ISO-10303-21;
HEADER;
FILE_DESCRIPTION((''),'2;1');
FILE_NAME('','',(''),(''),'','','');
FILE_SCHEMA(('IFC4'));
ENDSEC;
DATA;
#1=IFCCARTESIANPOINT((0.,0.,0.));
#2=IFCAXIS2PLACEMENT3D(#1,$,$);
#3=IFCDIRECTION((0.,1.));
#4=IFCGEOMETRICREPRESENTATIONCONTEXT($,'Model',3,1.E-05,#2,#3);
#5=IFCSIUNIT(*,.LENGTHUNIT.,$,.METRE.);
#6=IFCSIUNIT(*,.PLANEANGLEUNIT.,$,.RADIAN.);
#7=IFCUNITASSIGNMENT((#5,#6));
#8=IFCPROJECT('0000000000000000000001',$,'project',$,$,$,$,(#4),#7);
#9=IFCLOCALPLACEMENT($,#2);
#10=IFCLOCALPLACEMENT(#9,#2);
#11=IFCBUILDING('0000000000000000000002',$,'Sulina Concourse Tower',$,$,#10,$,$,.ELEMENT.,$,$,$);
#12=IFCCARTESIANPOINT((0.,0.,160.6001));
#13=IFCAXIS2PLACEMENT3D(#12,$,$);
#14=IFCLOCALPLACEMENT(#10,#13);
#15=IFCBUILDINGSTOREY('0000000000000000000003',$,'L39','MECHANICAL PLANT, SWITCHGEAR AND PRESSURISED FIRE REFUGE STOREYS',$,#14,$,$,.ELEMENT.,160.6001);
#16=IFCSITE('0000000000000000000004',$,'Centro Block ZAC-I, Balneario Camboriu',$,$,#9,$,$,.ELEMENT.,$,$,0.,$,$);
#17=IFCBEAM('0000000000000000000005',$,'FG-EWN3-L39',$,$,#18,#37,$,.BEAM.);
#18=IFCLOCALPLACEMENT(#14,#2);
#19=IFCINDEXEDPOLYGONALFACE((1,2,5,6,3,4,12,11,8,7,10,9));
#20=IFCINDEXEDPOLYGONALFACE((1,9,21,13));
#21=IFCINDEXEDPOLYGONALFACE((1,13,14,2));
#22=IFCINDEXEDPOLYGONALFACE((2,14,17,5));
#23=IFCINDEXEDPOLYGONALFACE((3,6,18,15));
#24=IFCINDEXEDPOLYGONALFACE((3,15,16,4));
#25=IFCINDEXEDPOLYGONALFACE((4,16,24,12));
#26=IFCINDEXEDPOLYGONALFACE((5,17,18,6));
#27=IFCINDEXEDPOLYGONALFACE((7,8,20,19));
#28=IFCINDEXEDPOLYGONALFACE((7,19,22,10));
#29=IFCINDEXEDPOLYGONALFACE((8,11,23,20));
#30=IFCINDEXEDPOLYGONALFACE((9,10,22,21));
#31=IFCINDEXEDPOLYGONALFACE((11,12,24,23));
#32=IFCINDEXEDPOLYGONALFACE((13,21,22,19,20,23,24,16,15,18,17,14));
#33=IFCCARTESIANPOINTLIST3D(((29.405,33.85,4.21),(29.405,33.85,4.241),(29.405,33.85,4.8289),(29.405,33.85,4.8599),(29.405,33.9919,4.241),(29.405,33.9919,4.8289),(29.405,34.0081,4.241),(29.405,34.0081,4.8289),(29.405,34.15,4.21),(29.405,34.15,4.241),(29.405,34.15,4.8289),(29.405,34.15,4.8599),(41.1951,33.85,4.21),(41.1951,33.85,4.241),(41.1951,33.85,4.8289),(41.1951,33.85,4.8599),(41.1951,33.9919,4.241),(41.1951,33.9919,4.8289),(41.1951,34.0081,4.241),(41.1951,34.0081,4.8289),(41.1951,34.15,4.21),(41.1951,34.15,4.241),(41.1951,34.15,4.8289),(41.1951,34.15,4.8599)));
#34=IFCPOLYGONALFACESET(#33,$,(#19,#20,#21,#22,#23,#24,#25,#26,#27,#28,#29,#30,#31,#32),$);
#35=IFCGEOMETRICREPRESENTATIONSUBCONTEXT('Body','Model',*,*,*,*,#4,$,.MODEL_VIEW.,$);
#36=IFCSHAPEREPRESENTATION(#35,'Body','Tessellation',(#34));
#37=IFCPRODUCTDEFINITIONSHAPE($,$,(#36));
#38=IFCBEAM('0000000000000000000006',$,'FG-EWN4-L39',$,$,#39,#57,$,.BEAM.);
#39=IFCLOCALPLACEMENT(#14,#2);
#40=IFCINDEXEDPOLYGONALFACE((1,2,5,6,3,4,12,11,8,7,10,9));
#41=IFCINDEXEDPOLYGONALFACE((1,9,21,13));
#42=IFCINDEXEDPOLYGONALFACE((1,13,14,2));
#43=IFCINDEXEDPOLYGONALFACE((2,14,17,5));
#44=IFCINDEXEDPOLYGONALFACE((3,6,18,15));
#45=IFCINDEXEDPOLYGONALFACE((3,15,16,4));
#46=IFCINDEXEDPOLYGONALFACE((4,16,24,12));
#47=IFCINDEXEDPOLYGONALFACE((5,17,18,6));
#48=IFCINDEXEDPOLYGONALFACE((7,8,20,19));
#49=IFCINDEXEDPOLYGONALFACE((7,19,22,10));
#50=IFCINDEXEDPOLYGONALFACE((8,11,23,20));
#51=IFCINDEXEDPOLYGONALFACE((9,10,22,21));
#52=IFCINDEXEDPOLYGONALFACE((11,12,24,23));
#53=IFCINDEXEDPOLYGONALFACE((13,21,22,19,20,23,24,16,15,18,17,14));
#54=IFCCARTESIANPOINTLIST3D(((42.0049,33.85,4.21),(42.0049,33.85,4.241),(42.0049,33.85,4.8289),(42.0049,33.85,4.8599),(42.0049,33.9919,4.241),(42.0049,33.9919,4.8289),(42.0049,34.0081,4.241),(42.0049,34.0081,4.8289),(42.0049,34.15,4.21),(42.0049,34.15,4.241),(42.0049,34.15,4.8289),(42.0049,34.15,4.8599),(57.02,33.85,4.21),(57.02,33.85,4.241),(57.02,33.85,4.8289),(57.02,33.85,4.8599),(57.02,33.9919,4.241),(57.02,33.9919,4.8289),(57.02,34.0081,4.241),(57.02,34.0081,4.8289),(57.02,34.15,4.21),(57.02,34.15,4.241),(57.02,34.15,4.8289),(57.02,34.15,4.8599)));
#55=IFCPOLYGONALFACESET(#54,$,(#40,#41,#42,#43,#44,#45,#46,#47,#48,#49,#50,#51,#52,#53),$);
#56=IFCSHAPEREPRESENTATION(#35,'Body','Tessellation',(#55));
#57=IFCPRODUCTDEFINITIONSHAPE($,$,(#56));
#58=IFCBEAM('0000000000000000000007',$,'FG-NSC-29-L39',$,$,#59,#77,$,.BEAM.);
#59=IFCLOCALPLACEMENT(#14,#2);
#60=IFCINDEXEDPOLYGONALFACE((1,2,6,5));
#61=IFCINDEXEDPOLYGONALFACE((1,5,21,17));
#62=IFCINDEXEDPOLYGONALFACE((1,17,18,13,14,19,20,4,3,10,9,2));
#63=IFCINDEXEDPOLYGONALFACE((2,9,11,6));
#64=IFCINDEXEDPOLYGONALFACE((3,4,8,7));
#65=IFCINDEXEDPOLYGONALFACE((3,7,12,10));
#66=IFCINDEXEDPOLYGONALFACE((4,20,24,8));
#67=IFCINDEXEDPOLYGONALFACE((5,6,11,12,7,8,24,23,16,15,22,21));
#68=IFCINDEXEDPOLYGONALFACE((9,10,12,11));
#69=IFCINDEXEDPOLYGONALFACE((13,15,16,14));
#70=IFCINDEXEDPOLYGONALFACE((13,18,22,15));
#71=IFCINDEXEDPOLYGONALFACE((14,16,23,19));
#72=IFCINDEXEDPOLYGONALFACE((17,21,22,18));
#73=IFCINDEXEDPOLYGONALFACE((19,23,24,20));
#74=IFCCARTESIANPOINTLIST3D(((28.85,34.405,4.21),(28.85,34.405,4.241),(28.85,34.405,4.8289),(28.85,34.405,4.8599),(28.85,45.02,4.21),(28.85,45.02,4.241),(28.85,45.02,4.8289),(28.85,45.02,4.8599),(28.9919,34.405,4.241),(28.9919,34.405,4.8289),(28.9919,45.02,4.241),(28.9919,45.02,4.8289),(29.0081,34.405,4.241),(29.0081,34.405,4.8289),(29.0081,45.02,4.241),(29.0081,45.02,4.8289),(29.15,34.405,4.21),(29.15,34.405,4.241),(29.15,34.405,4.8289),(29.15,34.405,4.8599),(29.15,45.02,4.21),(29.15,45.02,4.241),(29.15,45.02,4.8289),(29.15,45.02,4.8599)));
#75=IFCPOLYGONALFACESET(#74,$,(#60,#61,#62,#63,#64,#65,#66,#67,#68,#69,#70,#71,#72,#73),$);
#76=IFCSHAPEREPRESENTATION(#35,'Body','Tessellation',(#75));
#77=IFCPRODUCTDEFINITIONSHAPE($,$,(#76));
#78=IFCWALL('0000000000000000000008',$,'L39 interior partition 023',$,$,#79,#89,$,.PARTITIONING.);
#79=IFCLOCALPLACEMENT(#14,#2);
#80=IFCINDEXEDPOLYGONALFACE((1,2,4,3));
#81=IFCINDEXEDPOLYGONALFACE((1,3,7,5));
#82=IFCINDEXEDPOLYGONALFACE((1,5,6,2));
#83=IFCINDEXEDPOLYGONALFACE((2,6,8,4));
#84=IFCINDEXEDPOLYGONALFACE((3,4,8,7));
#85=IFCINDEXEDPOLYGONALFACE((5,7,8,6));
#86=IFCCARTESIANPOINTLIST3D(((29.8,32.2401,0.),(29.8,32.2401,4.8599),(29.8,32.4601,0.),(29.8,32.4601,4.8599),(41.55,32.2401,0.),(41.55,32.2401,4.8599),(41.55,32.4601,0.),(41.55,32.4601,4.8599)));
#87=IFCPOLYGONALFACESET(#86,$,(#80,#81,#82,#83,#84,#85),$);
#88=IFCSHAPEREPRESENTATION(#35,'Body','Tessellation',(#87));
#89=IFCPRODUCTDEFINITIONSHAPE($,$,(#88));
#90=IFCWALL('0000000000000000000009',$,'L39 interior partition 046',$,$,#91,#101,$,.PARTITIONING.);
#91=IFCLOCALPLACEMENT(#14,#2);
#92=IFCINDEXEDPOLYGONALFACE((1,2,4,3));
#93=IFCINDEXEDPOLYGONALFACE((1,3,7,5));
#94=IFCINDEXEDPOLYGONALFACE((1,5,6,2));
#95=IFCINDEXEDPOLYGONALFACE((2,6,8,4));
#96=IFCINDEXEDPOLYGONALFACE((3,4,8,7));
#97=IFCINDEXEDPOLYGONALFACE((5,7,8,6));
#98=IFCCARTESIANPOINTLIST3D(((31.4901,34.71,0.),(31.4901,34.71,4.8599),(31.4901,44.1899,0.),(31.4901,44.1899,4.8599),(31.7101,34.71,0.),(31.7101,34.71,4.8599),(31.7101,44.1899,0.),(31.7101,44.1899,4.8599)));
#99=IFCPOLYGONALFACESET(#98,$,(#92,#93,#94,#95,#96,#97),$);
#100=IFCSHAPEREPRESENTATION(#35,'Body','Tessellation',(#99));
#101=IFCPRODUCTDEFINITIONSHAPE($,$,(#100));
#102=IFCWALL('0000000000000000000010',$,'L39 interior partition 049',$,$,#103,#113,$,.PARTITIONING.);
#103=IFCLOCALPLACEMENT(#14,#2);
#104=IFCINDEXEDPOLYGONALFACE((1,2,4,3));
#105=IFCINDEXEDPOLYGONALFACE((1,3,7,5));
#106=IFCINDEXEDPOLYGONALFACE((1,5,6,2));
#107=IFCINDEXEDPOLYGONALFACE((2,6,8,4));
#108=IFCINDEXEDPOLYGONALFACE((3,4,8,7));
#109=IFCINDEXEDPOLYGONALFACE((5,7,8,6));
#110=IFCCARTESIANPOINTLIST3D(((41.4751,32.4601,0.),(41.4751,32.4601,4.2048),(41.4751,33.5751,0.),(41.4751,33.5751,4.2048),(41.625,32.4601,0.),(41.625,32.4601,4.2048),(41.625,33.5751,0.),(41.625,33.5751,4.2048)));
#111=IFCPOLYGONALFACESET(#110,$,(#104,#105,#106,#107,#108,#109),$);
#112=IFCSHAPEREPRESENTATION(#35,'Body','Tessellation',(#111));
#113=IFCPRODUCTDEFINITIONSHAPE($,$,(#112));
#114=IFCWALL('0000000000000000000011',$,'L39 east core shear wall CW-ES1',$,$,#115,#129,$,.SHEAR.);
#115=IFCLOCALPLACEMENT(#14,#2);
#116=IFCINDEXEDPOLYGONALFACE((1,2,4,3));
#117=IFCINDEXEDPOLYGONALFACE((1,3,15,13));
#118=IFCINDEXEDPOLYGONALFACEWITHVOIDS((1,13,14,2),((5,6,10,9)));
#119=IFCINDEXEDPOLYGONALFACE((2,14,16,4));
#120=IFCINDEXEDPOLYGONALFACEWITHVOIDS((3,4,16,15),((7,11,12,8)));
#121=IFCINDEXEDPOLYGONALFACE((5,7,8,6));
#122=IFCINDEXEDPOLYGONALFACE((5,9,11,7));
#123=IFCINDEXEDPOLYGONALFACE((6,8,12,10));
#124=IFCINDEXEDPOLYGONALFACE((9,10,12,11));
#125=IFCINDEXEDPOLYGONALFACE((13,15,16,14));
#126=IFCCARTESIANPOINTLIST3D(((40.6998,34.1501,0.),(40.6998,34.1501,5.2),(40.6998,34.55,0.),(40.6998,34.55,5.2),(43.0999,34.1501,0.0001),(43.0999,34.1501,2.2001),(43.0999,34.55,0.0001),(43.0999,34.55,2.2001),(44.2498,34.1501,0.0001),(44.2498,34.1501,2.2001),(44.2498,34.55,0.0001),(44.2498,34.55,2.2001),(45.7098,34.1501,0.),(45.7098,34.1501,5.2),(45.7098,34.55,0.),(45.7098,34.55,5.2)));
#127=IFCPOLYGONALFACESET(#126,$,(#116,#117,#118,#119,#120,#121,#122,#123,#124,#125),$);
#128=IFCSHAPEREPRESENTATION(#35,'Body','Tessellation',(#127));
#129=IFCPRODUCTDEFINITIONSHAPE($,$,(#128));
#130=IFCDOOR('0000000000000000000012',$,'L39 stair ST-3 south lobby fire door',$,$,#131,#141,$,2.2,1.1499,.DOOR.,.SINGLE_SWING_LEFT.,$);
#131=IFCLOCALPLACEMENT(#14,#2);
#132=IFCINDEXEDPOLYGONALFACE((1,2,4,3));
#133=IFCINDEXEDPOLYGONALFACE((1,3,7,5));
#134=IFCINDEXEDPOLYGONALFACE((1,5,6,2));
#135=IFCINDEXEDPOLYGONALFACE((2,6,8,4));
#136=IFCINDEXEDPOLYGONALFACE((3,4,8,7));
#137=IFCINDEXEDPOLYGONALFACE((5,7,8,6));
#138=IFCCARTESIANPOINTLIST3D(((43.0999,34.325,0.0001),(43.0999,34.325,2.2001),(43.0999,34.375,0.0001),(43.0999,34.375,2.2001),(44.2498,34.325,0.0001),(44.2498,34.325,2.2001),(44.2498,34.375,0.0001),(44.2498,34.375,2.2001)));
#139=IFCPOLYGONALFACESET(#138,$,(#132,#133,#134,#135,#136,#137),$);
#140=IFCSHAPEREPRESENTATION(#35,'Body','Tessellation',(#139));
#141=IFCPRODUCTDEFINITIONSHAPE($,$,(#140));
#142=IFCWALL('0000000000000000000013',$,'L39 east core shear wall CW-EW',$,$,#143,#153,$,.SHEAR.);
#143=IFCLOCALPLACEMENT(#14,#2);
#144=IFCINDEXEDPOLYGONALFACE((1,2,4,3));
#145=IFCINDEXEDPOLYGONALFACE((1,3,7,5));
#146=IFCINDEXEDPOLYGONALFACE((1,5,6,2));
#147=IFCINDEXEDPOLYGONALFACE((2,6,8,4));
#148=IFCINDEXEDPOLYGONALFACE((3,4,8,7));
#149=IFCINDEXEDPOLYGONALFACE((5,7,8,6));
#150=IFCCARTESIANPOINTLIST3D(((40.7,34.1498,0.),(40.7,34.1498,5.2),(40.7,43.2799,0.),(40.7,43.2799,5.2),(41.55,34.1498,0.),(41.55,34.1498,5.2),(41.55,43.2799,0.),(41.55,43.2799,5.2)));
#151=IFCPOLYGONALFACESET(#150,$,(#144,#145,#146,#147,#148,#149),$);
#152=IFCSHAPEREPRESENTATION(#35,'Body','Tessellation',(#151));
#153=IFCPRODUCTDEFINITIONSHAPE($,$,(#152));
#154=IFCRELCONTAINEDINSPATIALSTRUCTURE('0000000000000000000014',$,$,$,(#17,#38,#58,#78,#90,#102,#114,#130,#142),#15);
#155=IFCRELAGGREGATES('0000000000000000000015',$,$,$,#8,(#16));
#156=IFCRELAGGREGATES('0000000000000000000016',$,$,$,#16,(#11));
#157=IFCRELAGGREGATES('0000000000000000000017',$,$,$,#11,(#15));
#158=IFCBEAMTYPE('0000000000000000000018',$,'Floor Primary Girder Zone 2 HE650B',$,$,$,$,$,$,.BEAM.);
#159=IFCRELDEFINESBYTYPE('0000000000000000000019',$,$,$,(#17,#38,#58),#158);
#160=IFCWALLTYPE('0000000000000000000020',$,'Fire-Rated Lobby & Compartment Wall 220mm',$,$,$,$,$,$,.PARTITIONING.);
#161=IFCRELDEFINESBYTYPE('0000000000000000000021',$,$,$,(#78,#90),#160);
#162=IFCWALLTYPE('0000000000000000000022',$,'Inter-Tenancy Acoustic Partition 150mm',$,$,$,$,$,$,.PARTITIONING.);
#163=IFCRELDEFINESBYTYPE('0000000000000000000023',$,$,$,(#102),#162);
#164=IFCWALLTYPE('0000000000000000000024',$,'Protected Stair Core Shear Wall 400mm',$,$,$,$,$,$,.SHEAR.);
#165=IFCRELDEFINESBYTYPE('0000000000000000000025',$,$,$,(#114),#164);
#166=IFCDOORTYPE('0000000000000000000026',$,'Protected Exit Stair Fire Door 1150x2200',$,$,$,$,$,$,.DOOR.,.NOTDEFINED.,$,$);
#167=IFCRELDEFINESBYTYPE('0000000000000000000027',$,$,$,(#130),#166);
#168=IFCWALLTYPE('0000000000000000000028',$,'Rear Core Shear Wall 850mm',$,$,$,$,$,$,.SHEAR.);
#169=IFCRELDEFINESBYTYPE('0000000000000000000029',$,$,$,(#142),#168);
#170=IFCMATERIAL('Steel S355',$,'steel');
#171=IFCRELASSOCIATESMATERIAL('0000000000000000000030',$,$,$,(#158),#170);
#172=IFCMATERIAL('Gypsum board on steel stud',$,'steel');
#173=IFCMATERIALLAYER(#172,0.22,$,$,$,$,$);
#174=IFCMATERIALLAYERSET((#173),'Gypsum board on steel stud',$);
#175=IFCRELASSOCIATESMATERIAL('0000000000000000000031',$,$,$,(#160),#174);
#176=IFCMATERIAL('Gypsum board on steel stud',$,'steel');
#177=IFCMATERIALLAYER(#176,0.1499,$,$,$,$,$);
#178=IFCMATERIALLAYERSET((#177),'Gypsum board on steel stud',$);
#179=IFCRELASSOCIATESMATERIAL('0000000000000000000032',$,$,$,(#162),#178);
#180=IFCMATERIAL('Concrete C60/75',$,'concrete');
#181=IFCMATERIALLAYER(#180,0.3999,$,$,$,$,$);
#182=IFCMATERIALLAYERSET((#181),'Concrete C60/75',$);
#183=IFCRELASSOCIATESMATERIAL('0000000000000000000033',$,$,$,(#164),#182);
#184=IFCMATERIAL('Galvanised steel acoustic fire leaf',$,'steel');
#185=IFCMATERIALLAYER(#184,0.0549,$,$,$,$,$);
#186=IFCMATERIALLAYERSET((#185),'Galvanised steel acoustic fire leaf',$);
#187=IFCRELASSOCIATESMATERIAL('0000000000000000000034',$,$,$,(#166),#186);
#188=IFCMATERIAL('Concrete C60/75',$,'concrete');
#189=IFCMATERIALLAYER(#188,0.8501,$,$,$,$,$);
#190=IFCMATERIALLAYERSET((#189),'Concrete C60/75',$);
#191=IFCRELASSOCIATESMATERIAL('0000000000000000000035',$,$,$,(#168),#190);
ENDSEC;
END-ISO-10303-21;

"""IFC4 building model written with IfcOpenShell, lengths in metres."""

from ifc_helpers import new_model, si_unit, direction, frame, frame_2d, origin, origin_2d, place, context, subcontext, project, spatial, rectangle, i_section, extrude, material, layer, layer_set, material_profile, profile_set, type_object, element, fill, save


model = new_model("IFC4")

# Units and contexts
model_context = context("Model", 3, precision=1e-05, world=origin(), true_north=direction((0.0, 1.0)))
body_context = subcontext(model_context, "Body", "Model", "MODEL_VIEW")
ifc_project = project(units=[si_unit("LENGTHUNIT", "METRE"), si_unit("PLANEANGLEUNIT", "RADIAN")], contexts=[model_context])

# Site, building, storey
site_placement = place(None, origin())
site = spatial("IfcSite", under=ifc_project, at=site_placement, Name="Centro Block ZAC-I, Balneario Camboriu", CompositionType="ELEMENT", RefElevation=0.0)
building_placement = place(site_placement, origin())
building = spatial("IfcBuilding", under=site, at=building_placement, Name="Sulina Concourse Tower", CompositionType="ELEMENT")
storey_placement = place(building_placement, frame((0.0, 0.0, 160.6001)))
storey = spatial("IfcBuildingStorey", under=building, at=storey_placement, Name="L39", Description="MECHANICAL PLANT, SWITCHGEAR AND PRESSURISED FIRE REFUGE STOREYS", CompositionType="ELEMENT", Elevation=160.6001)

# Beams
ifc_material_1 = material(Name="Steel S355", Category="steel")
ifc_material_profile_1 = material_profile(ifc_material_1, i_section(OverallWidth=0.3, OverallDepth=0.6499, WebThickness=0.0161, FlangeThickness=0.031, at=origin_2d()), Name="HE 650 B")
ifc_profile_set_1 = profile_set([ifc_material_profile_1], Name="Steel S355")
beam_type_1 = type_object("IfcBeamType", Name="Floor Primary Girder Zone 2 HE650B", PredefinedType="BEAM", material=ifc_profile_set_1)
beam_1_placement = place(storey_placement, frame((29.405, 34.0, 4.5349), z_axis=(1.0, 0.0, 0.0), x_axis=(0.0, 1.0, 0.0)))
element("IfcBeam", 1, at=beam_1_placement, inside=storey, type_object=beam_type_1, Name="FG-EWN3-L39", PredefinedType="BEAM", context=body_context, shape_type="SweptSolid", body=[
    extrude(i_section(OverallWidth=0.3, OverallDepth=0.6499, WebThickness=0.0161, FlangeThickness=0.031, at=origin_2d()), origin(), (0.0, 0.0, 1.0), 11.79),
])
beam_2_placement = place(storey_placement, frame((42.0049, 34.0, 4.5349), z_axis=(1.0, 0.0, 0.0), x_axis=(0.0, 1.0, 0.0)))
element("IfcBeam", 2, at=beam_2_placement, inside=storey, type_object=beam_type_1, Name="FG-EWN4-L39", PredefinedType="BEAM", context=body_context, shape_type="SweptSolid", body=[
    extrude(i_section(OverallWidth=0.3, OverallDepth=0.6499, WebThickness=0.0161, FlangeThickness=0.031, at=origin_2d()), origin(), (0.0, 0.0, 1.0), 15.0151),
])
beam_3_placement = place(storey_placement, frame((29.0, 34.405, 4.5349), z_axis=(0.0, 1.0, 0.0), x_axis=(-1.0, 0.0, 0.0)))
element("IfcBeam", 3, at=beam_3_placement, inside=storey, type_object=beam_type_1, Name="FG-NSC-29-L39", PredefinedType="BEAM", context=body_context, shape_type="SweptSolid", body=[
    extrude(i_section(OverallWidth=0.3, OverallDepth=0.6499, WebThickness=0.0161, FlangeThickness=0.031, at=origin_2d()), origin(), (0.0, 0.0, 1.0), 10.615),
])

# Walls
ifc_material_2 = material(Name="Gypsum board on steel stud", Category="steel")
ifc_layer_1 = layer(ifc_material_2, 0.22)
ifc_layer_set_1 = layer_set([ifc_layer_1], Name="Gypsum board on steel stud")
wall_type_1 = type_object("IfcWallType", Name="Fire-Rated Lobby & Compartment Wall 220mm", PredefinedType="PARTITIONING", material=ifc_layer_set_1)
wall_1_placement = place(storey_placement, frame((29.8, 32.3501, 0.0), z_axis=(0.0, 0.0, 1.0), x_axis=(1.0, 0.0, 0.0)))
element("IfcWall", 4, at=wall_1_placement, inside=storey, type_object=wall_type_1, Name="L39 interior partition 023", PredefinedType="PARTITIONING", context=body_context, shape_type="SweptSolid", body=[
    extrude(rectangle(XDim=11.75, YDim=0.22, at=frame_2d((5.875, 0.0))), origin(), (0.0, 0.0, 1.0), 4.8599),
])
wall_2_placement = place(storey_placement, frame((31.6001, 34.71, 0.0), z_axis=(0.0, 0.0, 1.0), x_axis=(0.0, 1.0, 0.0)))
element("IfcWall", 5, at=wall_2_placement, inside=storey, type_object=wall_type_1, Name="L39 interior partition 046", PredefinedType="PARTITIONING", context=body_context, shape_type="SweptSolid", body=[
    extrude(rectangle(XDim=9.48, YDim=0.22, at=frame_2d((4.74, 0.0))), origin(), (0.0, 0.0, 1.0), 4.8599),
])
ifc_material_3 = material(Name="Gypsum board on steel stud", Category="steel")
ifc_layer_2 = layer(ifc_material_3, 0.1499)
ifc_layer_set_2 = layer_set([ifc_layer_2], Name="Gypsum board on steel stud")
wall_type_2 = type_object("IfcWallType", Name="Inter-Tenancy Acoustic Partition 150mm", PredefinedType="PARTITIONING", material=ifc_layer_set_2)
wall_3_placement = place(storey_placement, frame((41.55, 32.46, 0.0), z_axis=(0.0, 0.0, 1.0), x_axis=(0.0, 1.0, 0.0)))
element("IfcWall", 6, at=wall_3_placement, inside=storey, type_object=wall_type_2, Name="L39 interior partition 049", PredefinedType="PARTITIONING", context=body_context, shape_type="SweptSolid", body=[
    extrude(rectangle(XDim=1.115, YDim=0.1499, at=frame_2d((0.5576, 0.0))), origin(), (0.0, 0.0, 1.0), 4.2048),
])

# Wall, opening, door
ifc_material_4 = material(Name="Concrete C60/75", Category="concrete")
ifc_layer_3 = layer(ifc_material_4, 0.3999)
ifc_layer_set_3 = layer_set([ifc_layer_3], Name="Concrete C60/75")
wall_type_3 = type_object("IfcWallType", Name="Protected Stair Core Shear Wall 400mm", PredefinedType="SHEAR", material=ifc_layer_set_3)
wall_4_placement = place(storey_placement, frame((40.7, 34.3501, 0.0), z_axis=(0.0, 0.0, 1.0), x_axis=(1.0, 0.0, 0.0)))
wall_4 = element("IfcWall", 7, at=wall_4_placement, inside=storey, type_object=wall_type_3, Name="L39 east core shear wall CW-ES1", PredefinedType="SHEAR", context=body_context, shape_type="SweptSolid", body=[
    extrude(rectangle(XDim=5.01, YDim=0.3999, at=frame_2d((2.5049, 0.0))), origin(), (0.0, 0.0, 1.0), 5.2),
])
opening_placement = place(wall_4_placement, frame((2.3999, 0.0, 0.0)))
opening = element("IfcOpeningElement", 8, at=opening_placement, cuts=wall_4, PredefinedType="OPENING", context=body_context, shape_type="SweptSolid", body=[
    extrude(rectangle(XDim=1.1499, YDim=2.2, at=frame_2d((0.575, 1.1001))), frame((0.0, 0.21, 0.0), z_axis=(0.0, -1.0, 0.0), x_axis=(1.0, 0.0, 0.0)), (0.0, 0.0, 1.0), 0.4199),
])
ifc_material_5 = material(Name="Galvanised steel acoustic fire leaf", Category="steel")
ifc_layer_4 = layer(ifc_material_5, 0.0549)
ifc_layer_set_4 = layer_set([ifc_layer_4], Name="Galvanised steel acoustic fire leaf")
door_type = type_object("IfcDoorType", Name="Protected Exit Stair Fire Door 1150x2200", OperationType="NOTDEFINED", PredefinedType="DOOR", material=ifc_layer_set_4)
door_placement = place(opening_placement, origin())
door = element("IfcDoor", 9, at=door_placement, inside=storey, type_object=door_type, Name="L39 stair ST-3 south lobby fire door", OperationType="SINGLE_SWING_LEFT", OverallHeight=2.2, OverallWidth=1.1499, PredefinedType="DOOR", context=body_context, shape_type="SweptSolid", body=[
    extrude(rectangle(XDim=1.1499, YDim=2.2, at=frame_2d((0.575, 1.1001))), frame((0.0, 0.0249, 0.0), z_axis=(0.0, -1.0, 0.0), x_axis=(1.0, 0.0, 0.0)), (0.0, 0.0, 1.0), 0.05),
])
fill(opening, door)

# Wall
ifc_material_6 = material(Name="Concrete C60/75", Category="concrete")
ifc_layer_5 = layer(ifc_material_6, 0.8501)
ifc_layer_set_5 = layer_set([ifc_layer_5], Name="Concrete C60/75")
wall_type_4 = type_object("IfcWallType", Name="Rear Core Shear Wall 850mm", PredefinedType="SHEAR", material=ifc_layer_set_5)
wall_5_placement = place(storey_placement, frame((41.125, 34.1499, 0.0), z_axis=(0.0, 0.0, 1.0), x_axis=(0.0, 1.0, 0.0)))
element("IfcWall", 10, at=wall_5_placement, inside=storey, type_object=wall_type_4, Name="L39 east core shear wall CW-EW", PredefinedType="SHEAR", context=body_context, shape_type="SweptSolid", body=[
    extrude(rectangle(XDim=9.1301, YDim=0.8501, at=frame_2d((4.5649, 0.0))), origin(), (0.0, 0.0, 1.0), 5.2),
])

save(model, "model.ifc")
